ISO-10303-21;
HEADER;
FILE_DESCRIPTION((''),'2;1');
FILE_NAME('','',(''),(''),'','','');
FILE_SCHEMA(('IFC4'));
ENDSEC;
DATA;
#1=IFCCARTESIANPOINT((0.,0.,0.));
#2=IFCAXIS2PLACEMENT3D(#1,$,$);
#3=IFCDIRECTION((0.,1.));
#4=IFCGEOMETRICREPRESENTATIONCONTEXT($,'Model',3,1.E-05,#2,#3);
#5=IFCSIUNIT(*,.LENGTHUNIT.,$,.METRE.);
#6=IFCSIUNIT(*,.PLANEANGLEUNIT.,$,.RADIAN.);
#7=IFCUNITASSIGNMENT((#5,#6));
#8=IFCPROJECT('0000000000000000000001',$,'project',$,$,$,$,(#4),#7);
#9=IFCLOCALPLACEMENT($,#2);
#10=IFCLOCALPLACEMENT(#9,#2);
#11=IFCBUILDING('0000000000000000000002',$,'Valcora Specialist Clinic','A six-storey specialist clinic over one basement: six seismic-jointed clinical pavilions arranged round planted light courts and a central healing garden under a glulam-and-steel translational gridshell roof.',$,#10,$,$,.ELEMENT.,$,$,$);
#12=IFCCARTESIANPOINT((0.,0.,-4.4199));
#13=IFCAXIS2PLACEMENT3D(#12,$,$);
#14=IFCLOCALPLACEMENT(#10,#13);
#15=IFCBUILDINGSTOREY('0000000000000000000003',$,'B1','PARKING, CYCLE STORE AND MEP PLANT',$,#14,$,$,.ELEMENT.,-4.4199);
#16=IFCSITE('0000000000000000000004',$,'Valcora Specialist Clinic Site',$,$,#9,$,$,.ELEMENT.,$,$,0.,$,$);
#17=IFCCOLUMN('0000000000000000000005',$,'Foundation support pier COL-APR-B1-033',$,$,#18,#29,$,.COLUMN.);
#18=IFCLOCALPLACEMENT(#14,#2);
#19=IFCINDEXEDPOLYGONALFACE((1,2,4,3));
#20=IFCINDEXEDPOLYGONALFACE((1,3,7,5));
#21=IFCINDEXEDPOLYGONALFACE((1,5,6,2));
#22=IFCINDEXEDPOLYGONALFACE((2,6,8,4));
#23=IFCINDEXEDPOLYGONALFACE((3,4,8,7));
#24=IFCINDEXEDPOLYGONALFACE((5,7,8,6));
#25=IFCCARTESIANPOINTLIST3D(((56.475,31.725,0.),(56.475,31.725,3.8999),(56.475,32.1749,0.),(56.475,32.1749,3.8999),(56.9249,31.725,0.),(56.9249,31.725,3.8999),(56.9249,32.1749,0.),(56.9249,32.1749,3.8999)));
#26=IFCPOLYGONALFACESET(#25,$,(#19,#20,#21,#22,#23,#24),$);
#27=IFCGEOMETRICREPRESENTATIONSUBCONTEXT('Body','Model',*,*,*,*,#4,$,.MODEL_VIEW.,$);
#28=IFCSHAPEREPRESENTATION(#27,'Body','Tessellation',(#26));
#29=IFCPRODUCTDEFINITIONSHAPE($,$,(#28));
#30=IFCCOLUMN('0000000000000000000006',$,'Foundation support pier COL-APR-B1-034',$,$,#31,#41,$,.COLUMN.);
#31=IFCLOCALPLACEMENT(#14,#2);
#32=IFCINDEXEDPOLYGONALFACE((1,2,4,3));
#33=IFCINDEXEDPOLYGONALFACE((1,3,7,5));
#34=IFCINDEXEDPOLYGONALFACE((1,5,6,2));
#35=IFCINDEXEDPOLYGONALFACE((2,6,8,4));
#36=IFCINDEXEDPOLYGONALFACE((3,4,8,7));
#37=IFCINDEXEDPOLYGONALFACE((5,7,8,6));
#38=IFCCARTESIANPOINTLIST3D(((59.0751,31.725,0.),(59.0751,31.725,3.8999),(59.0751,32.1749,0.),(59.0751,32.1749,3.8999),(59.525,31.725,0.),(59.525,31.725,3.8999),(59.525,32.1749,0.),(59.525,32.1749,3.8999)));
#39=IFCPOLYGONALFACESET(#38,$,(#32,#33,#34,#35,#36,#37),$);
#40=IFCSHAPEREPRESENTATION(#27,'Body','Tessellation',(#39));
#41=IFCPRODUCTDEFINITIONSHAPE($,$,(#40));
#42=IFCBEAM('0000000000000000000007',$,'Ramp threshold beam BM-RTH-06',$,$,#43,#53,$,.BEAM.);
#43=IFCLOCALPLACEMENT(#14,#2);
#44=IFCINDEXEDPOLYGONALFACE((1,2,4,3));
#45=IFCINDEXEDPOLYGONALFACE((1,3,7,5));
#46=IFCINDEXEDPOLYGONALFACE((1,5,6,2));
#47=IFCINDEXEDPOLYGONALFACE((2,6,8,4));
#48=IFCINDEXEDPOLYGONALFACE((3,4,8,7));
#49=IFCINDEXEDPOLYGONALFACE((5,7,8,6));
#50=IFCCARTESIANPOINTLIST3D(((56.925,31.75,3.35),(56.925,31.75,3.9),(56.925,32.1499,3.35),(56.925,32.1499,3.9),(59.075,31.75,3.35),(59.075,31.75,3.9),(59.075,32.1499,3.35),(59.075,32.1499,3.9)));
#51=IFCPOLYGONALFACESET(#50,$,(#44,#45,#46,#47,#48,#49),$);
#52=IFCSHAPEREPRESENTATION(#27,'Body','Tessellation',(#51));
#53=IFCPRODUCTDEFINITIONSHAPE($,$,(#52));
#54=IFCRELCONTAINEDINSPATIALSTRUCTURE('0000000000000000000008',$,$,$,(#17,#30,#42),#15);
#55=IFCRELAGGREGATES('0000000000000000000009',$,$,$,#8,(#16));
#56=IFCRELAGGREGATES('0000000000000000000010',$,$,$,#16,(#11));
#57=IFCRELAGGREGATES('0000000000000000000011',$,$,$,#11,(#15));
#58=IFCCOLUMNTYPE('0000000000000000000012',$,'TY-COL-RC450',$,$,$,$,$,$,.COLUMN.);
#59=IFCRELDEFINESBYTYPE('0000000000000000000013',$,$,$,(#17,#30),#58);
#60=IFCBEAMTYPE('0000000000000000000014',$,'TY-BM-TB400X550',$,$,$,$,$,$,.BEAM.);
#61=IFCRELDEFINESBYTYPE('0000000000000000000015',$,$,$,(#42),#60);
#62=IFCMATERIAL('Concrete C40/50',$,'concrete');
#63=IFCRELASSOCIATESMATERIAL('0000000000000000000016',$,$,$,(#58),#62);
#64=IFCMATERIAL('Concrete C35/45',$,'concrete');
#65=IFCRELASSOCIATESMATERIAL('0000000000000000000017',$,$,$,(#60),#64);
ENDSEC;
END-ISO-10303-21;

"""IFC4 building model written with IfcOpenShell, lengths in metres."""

from ifc_helpers import new_model, si_unit, direction, frame, origin, origin_2d, place, context, subcontext, project, spatial, rectangle, extrude, material, material_profile, profile_set, type_object, element, save


model = new_model("IFC4")

# Units and contexts
model_context = context("Model", 3, precision=1e-05, world=origin(), true_north=direction((0.0, 1.0)))
body_context = subcontext(model_context, "Body", "Model", "MODEL_VIEW")
ifc_project = project(units=[si_unit("LENGTHUNIT", "METRE"), si_unit("PLANEANGLEUNIT", "RADIAN")], contexts=[model_context])

# Site, building, storey
site_placement = place(None, origin())
site = spatial("IfcSite", under=ifc_project, at=site_placement, Name="Valcora Specialist Clinic Site", CompositionType="ELEMENT", RefElevation=0.0)
building_placement = place(site_placement, origin())
building = spatial("IfcBuilding", under=site, at=building_placement, Name="Valcora Specialist Clinic", Description="A six-storey specialist clinic over one basement: six seismic-jointed clinical pavilions arranged round planted light courts and a central healing garden under a glulam-and-steel translational gridshell roof.", CompositionType="ELEMENT")
storey_placement = place(building_placement, frame((0.0, 0.0, -4.4199)))
storey = spatial("IfcBuildingStorey", under=building, at=storey_placement, Name="B1", Description="PARKING, CYCLE STORE AND MEP PLANT", CompositionType="ELEMENT", Elevation=-4.4199)

# Shared definitions
ifc_material_1 = material(Name="Concrete C35/45", Category="concrete")

# Columns
ifc_material_2 = material(Name="Concrete C40/50", Category="concrete")
ifc_material_profile_1 = material_profile(ifc_material_2, rectangle(XDim=0.45, YDim=0.45, at=origin_2d()), Name="RC-COL-450X450")
ifc_profile_set_1 = profile_set([ifc_material_profile_1], Name="Concrete C40/50")
column_type_1 = type_object("IfcColumnType", Name="TY-COL-RC450", PredefinedType="COLUMN", material=ifc_profile_set_1)
for number, where, z_axis, x_axis, name in (
    (1, (56.7, 31.95, 0.0), (0.0, 0.0, 1.0), (1.0, 0.0, 0.0), "Foundation support pier COL-APR-B1-033"),
    (2, (59.3, 31.95, 0.0), (0.0, 0.0, 1.0), (1.0, 0.0, 0.0), "Foundation support pier COL-APR-B1-034"),
):
    element("IfcColumn", number, at=place(storey_placement, frame(where, z_axis=z_axis, x_axis=x_axis)), inside=storey, type_object=column_type_1, Name=name, PredefinedType="COLUMN", context=body_context, shape_type="SweptSolid", body=[
        extrude(rectangle(XDim=0.45, YDim=0.45, at=origin_2d()), origin(), (0.0, 0.0, 1.0), 3.8999),
    ])

# Beam
ifc_material_profile_2 = material_profile(ifc_material_1, rectangle(XDim=0.3999, YDim=0.55, at=origin_2d()), Name="RC-TB-400X550")
ifc_profile_set_2 = profile_set([ifc_material_profile_2], Name="Concrete C35/45")
beam_type = type_object("IfcBeamType", Name="TY-BM-TB400X550", PredefinedType="BEAM", material=ifc_profile_set_2)
beam_placement = place(storey_placement, frame((56.925, 31.95, 3.625), z_axis=(1.0, 0.0, 0.0), x_axis=(0.0, 1.0, 0.0)))
element("IfcBeam", 3, at=beam_placement, inside=storey, type_object=beam_type, Name="Ramp threshold beam BM-RTH-06", PredefinedType="BEAM", context=body_context, shape_type="SweptSolid", body=[
    extrude(rectangle(XDim=0.3999, YDim=0.55, at=origin_2d()), origin(), (0.0, 0.0, 1.0), 2.1499),
])

save(model, "model.ifc")
